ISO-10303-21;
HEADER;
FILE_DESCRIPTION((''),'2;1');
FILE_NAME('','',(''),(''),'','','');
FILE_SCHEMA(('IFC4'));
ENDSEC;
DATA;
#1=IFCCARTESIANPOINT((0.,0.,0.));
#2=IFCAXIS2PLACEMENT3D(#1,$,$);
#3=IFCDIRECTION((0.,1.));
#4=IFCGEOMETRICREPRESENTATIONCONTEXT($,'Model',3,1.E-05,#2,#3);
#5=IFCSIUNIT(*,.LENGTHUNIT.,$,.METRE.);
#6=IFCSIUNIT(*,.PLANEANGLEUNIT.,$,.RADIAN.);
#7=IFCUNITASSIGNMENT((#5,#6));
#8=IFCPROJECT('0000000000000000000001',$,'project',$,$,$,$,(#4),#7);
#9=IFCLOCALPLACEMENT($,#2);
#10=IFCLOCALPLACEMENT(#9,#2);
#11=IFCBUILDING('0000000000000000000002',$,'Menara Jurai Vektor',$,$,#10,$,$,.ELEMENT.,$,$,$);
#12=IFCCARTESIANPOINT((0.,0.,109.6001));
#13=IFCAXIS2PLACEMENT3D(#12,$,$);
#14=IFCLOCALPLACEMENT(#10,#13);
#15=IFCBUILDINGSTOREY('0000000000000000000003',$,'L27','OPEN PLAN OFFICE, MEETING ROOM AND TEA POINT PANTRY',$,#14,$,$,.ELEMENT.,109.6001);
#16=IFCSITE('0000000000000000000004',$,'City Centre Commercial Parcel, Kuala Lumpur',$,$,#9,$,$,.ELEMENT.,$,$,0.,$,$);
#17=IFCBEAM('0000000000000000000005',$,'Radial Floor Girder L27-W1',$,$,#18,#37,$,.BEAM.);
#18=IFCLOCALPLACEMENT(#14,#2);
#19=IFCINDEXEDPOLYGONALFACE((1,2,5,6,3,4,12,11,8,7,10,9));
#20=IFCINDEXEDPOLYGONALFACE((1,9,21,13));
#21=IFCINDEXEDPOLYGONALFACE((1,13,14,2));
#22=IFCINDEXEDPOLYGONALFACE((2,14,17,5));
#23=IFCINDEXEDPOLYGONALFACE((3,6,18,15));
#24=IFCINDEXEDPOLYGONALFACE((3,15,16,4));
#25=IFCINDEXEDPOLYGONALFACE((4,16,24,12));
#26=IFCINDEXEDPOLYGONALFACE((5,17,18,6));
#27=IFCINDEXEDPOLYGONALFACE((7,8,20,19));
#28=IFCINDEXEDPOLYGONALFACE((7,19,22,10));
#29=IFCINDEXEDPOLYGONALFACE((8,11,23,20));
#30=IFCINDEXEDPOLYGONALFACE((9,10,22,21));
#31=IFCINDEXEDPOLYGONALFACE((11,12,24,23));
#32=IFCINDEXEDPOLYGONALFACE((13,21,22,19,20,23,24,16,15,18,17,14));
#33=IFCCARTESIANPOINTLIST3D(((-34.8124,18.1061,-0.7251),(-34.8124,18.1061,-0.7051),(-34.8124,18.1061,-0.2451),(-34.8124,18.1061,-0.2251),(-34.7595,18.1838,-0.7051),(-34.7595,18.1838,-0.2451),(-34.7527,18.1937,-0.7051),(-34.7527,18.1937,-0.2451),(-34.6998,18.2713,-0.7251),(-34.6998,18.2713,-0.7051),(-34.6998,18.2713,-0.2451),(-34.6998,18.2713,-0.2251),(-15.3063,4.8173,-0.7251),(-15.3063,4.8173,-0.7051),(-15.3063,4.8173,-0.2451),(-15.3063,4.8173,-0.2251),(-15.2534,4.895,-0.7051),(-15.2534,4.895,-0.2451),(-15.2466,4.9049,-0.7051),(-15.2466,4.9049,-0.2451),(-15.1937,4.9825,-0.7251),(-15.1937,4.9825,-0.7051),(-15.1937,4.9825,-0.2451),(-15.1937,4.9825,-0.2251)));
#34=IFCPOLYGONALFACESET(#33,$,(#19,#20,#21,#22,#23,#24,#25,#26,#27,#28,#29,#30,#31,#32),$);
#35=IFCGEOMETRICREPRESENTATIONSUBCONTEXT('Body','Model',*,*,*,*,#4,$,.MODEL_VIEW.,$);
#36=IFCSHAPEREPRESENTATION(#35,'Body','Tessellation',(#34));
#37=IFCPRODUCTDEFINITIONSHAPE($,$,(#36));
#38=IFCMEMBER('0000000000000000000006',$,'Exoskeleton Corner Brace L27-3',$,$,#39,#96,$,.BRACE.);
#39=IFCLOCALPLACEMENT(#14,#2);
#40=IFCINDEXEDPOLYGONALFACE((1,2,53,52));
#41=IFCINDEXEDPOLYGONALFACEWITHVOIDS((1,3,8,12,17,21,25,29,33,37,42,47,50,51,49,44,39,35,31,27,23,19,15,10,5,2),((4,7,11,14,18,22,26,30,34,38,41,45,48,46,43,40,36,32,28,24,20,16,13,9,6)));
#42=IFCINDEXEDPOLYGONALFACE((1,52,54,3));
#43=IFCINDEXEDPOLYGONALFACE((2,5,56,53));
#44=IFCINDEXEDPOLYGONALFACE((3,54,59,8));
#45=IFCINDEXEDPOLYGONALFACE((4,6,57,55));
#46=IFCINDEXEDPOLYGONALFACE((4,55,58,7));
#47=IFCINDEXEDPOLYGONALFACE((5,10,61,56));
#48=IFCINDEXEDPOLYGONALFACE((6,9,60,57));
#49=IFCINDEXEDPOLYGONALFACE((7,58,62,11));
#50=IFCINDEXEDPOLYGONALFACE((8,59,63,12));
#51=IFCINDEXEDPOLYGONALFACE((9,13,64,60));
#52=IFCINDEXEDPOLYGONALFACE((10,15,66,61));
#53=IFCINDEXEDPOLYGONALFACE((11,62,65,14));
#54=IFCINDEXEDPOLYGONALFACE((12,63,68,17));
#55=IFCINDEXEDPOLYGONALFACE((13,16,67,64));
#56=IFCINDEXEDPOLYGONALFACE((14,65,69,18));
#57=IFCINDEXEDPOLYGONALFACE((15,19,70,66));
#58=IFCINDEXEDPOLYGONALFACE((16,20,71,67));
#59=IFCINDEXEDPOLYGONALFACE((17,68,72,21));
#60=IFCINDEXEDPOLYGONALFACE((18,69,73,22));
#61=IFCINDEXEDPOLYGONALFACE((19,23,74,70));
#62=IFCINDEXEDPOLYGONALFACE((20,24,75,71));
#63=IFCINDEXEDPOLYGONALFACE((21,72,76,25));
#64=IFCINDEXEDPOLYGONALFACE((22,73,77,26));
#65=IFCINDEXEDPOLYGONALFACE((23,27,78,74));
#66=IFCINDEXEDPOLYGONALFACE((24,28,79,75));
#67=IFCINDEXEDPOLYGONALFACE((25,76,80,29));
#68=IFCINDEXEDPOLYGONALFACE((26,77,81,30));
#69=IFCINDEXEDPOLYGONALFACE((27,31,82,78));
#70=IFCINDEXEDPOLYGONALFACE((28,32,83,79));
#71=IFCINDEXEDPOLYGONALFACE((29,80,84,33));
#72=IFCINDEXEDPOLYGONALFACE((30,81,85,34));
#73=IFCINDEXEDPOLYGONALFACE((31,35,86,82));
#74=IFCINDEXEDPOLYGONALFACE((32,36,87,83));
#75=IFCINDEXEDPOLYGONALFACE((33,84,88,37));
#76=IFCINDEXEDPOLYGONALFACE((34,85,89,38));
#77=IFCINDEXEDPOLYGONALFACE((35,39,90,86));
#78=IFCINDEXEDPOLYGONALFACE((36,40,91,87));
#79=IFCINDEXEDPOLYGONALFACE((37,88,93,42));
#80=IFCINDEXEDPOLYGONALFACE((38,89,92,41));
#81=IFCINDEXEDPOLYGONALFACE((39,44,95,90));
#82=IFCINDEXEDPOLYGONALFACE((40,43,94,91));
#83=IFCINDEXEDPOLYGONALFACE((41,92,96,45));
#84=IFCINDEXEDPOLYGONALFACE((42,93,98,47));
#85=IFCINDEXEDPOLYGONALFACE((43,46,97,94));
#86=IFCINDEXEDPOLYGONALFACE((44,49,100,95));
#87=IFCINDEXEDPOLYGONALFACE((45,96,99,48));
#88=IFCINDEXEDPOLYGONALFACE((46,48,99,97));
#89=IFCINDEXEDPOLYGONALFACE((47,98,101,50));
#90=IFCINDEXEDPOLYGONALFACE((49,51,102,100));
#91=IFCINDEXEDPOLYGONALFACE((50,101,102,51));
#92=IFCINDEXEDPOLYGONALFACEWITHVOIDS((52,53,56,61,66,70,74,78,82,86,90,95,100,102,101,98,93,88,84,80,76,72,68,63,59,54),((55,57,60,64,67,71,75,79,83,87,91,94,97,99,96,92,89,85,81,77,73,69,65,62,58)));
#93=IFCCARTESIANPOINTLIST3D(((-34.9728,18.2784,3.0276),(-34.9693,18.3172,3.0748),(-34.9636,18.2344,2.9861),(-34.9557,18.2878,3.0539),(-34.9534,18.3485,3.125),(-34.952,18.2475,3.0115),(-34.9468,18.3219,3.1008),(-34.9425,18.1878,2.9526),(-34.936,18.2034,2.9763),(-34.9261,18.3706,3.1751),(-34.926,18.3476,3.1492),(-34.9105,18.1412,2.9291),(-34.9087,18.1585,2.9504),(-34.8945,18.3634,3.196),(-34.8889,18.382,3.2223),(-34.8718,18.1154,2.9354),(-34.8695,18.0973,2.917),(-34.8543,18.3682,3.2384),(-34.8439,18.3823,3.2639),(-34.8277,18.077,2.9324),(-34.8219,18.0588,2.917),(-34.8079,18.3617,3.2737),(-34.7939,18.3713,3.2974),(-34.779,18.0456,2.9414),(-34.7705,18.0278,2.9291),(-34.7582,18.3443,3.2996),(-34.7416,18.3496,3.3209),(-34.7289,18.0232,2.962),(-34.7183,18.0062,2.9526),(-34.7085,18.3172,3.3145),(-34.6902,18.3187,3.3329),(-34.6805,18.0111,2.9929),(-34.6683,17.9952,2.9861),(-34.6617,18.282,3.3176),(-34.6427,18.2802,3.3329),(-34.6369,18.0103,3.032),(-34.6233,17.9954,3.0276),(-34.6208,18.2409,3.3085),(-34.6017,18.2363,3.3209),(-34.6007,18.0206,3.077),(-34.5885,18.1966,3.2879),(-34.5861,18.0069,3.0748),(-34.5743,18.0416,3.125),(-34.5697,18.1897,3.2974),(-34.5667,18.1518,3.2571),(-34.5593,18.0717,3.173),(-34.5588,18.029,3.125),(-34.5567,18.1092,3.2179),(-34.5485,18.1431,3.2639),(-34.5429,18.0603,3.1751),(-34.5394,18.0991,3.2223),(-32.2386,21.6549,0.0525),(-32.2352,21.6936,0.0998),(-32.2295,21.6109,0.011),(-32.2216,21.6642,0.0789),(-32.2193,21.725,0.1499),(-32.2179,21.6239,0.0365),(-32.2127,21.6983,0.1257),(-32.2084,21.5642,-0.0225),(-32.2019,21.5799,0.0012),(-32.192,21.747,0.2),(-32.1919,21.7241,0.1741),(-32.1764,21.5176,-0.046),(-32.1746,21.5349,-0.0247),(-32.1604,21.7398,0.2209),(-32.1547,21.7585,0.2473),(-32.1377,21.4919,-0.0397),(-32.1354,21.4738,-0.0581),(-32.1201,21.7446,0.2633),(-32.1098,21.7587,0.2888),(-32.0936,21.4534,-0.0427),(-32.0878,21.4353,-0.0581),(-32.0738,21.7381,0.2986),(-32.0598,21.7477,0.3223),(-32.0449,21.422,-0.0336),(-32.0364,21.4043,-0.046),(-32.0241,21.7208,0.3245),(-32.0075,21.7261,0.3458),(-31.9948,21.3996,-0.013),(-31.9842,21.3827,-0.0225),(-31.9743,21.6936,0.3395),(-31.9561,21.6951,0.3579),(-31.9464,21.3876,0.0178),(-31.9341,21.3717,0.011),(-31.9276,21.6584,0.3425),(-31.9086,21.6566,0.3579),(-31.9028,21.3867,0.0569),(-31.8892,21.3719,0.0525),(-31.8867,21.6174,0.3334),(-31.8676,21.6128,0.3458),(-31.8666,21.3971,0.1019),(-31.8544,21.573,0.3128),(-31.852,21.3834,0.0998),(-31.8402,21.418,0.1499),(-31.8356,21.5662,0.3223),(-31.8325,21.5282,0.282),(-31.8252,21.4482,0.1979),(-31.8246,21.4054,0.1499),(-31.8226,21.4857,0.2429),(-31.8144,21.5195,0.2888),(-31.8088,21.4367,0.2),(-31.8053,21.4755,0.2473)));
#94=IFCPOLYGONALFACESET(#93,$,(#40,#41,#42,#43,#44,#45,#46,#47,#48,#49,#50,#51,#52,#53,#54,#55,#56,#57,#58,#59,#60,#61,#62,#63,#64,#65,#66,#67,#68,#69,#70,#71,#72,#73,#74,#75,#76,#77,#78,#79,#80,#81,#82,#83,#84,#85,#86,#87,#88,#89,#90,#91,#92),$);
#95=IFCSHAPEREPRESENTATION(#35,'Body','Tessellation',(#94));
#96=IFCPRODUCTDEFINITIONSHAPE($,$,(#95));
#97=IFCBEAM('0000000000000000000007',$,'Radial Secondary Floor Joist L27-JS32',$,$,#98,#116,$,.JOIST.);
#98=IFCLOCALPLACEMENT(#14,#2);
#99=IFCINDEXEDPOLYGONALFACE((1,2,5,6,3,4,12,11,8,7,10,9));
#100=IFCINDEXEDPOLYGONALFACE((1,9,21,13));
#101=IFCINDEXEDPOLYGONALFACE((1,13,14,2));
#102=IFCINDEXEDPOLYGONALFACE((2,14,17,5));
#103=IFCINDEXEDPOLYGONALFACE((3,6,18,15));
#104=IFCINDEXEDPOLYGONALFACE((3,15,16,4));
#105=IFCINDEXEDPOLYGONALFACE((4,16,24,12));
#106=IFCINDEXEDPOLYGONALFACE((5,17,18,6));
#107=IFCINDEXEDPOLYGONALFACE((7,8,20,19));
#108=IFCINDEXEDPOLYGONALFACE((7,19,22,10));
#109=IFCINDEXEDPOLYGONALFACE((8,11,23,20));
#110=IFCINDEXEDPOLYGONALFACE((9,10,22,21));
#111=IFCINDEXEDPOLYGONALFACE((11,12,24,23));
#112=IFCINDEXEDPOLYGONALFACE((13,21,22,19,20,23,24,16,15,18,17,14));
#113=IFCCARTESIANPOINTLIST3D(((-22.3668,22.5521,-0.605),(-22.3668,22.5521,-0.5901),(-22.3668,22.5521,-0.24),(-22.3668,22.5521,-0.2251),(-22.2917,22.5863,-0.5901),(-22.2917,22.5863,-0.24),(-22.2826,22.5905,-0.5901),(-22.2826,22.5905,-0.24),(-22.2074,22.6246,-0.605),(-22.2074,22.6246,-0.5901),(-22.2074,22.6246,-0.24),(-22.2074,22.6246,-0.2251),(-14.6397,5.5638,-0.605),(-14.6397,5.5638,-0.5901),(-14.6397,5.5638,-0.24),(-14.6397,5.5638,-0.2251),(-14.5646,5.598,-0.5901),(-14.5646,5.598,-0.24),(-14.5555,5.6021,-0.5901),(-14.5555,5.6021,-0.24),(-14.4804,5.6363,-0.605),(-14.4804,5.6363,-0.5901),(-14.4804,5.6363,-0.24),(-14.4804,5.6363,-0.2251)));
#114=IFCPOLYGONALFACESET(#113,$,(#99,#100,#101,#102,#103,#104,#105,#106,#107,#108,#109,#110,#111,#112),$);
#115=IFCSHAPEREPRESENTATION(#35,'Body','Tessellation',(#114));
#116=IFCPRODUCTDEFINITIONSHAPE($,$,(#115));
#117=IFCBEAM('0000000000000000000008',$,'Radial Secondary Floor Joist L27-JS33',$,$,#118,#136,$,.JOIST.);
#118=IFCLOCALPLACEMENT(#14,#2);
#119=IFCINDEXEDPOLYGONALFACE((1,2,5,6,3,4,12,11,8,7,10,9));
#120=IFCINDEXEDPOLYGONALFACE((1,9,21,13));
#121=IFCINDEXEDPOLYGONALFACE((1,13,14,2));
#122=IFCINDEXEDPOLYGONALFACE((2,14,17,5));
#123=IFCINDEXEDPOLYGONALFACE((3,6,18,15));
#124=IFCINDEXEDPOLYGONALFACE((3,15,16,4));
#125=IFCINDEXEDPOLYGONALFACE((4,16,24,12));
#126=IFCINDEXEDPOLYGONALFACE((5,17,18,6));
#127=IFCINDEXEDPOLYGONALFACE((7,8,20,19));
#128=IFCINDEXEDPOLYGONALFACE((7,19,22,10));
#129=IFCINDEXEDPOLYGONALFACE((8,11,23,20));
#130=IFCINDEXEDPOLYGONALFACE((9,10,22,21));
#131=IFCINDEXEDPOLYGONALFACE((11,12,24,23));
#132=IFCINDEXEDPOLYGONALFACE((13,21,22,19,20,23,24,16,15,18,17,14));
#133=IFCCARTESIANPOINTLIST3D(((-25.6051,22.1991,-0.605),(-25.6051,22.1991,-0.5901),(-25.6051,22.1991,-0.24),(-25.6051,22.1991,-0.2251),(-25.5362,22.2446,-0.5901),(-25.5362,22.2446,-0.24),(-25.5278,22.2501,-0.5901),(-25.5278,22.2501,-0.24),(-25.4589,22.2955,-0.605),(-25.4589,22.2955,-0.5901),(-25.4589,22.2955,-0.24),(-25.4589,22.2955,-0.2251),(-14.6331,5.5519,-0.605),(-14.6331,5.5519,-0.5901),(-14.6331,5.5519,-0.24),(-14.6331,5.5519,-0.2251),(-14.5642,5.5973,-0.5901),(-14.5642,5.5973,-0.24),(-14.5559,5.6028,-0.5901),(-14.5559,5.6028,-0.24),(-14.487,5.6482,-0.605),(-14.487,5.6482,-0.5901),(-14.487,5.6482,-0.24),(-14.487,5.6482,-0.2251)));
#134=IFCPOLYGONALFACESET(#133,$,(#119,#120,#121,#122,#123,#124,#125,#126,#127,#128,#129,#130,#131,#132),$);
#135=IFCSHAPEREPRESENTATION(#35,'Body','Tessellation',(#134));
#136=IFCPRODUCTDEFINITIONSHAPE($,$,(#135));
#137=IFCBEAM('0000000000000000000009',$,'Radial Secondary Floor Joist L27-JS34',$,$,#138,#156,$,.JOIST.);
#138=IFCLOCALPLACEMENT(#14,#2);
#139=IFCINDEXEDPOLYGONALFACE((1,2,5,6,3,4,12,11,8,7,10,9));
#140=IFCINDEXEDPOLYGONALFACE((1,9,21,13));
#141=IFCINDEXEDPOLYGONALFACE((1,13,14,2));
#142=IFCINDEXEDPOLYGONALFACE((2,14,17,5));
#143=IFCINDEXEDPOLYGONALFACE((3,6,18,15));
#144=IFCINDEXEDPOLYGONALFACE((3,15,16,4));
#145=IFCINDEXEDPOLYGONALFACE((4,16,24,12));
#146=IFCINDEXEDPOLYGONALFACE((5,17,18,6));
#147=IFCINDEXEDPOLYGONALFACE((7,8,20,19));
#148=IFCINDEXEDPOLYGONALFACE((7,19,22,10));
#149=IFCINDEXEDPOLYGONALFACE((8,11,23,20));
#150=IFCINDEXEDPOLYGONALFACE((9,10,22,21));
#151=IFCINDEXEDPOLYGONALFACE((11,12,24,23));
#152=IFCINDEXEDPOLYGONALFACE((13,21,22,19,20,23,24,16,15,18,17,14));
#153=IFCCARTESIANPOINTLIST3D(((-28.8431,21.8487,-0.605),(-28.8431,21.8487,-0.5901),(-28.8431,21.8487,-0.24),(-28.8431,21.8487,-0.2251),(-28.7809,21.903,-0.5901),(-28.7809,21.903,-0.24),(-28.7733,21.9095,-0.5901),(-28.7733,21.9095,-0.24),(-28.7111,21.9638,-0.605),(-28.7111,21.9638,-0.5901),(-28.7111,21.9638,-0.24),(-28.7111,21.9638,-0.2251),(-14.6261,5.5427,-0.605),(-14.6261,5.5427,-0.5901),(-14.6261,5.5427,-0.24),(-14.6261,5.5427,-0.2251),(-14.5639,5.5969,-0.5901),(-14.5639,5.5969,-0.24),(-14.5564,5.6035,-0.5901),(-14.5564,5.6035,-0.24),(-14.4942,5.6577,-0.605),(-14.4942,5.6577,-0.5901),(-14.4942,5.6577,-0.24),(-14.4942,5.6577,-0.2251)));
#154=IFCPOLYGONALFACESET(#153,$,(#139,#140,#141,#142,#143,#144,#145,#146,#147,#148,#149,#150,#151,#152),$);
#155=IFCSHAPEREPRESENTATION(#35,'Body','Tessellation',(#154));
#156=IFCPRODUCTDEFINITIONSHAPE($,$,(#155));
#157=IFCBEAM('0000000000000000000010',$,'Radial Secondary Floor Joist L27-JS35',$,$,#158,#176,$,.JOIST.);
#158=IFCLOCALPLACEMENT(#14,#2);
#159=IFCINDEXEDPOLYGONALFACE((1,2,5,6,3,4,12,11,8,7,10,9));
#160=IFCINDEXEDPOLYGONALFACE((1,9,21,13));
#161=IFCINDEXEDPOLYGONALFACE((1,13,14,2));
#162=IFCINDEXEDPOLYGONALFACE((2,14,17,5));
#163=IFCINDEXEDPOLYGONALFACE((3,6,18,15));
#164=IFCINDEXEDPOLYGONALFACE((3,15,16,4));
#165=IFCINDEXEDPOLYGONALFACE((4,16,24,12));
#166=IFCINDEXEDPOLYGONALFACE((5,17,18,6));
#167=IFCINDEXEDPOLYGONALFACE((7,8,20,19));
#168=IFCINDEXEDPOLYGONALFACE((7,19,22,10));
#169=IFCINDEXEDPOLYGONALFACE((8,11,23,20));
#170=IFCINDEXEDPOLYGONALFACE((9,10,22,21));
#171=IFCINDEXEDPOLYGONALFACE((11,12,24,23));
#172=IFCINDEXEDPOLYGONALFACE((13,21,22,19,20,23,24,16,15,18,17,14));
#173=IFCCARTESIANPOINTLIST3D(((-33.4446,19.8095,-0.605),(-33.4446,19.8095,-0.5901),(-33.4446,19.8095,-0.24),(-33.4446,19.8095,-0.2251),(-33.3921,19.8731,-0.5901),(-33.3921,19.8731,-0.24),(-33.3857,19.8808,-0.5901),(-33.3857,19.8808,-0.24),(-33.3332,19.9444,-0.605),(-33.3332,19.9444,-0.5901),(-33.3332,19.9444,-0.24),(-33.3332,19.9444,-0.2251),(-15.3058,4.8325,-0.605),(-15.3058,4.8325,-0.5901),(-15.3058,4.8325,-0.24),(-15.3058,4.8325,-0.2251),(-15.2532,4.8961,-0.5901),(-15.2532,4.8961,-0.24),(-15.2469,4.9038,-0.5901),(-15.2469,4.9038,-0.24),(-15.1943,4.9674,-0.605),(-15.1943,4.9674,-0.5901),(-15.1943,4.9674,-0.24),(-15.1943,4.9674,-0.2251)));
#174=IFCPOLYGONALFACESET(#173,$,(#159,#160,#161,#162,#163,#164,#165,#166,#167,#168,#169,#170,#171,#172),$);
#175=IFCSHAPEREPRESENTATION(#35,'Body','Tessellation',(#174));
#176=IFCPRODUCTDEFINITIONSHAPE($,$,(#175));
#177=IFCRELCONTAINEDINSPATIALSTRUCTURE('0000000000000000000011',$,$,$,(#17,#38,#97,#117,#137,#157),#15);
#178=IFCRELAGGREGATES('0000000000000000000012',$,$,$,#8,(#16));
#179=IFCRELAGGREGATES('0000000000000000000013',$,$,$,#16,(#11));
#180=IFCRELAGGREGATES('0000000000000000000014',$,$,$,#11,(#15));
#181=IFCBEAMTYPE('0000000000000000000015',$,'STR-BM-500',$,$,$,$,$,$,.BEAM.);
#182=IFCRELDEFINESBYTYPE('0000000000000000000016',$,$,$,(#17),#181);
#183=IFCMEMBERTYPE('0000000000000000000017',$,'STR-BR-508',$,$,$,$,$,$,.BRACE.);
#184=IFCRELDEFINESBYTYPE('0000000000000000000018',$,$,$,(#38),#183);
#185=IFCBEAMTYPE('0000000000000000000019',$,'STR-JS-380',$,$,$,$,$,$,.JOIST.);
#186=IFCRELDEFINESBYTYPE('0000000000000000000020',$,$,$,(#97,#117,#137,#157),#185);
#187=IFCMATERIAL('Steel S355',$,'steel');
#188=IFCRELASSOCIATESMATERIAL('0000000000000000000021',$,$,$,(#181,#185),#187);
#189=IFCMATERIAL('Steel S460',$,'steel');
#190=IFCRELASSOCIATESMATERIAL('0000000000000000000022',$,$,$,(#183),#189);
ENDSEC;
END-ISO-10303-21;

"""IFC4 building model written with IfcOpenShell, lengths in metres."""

from ifc_helpers import new_model, si_unit, direction, frame, origin, origin_2d, place, context, subcontext, project, spatial, hollow_circle, i_section, extrude, material, material_profile, profile_set, type_object, element, save


model = new_model("IFC4")

# Units and contexts
model_context = context("Model", 3, precision=1e-05, world=origin(), true_north=direction((0.0, 1.0)))
body_context = subcontext(model_context, "Body", "Model", "MODEL_VIEW")
ifc_project = project(units=[si_unit("LENGTHUNIT", "METRE"), si_unit("PLANEANGLEUNIT", "RADIAN")], contexts=[model_context])

# Site, building, storey
site_placement = place(None, origin())
site = spatial("IfcSite", under=ifc_project, at=site_placement, Name="City Centre Commercial Parcel, Kuala Lumpur", CompositionType="ELEMENT", RefElevation=0.0)
building_placement = place(site_placement, origin())
building = spatial("IfcBuilding", under=site, at=building_placement, Name="Menara Jurai Vektor", CompositionType="ELEMENT")
storey_placement = place(building_placement, frame((0.0, 0.0, 109.6001)))
storey = spatial("IfcBuildingStorey", under=building, at=storey_placement, Name="L27", Description="OPEN PLAN OFFICE, MEETING ROOM AND TEA POINT PANTRY", CompositionType="ELEMENT", Elevation=109.6001)

# Shared definitions
ifc_material_1 = material(Name="Steel S460", Category="steel")

# Beam
ifc_material_2 = material(Name="Steel S355", Category="steel")
ifc_material_profile_1 = material_profile(ifc_material_2, i_section(OverallWidth=0.2, OverallDepth=0.5, WebThickness=0.012, FlangeThickness=0.02, at=origin_2d()), Name="PG 500x200x96")
ifc_profile_set_1 = profile_set([ifc_material_profile_1], Name="Steel S355")
beam_type_1 = type_object("IfcBeamType", Name="STR-BM-500", PredefinedType="BEAM", material=ifc_profile_set_1)
beam_1_placement = place(storey_placement, frame((-34.7561, 18.1887, -0.4751), z_axis=(0.82644, -0.563024, 0.0), x_axis=(0.563024, 0.82644, 0.0)))
element("IfcBeam", 1, at=beam_1_placement, inside=storey, type_object=beam_type_1, Name="Radial Floor Girder L27-W1", PredefinedType="BEAM", context=body_context, shape_type="SweptSolid", body=[
    extrude(i_section(OverallWidth=0.2, OverallDepth=0.5, WebThickness=0.012, FlangeThickness=0.02, at=origin_2d()), origin(), (0.0, 0.0, 1.0), 23.6025),
])

# Member
ifc_material_profile_2 = material_profile(ifc_material_1, hollow_circle(Radius=0.2539, WallThickness=0.02, at=origin_2d()), Name="CHS 508x20")
ifc_profile_set_2 = profile_set([ifc_material_profile_2], Name="Steel S460")
member_type_1 = type_object("IfcMemberType", Name="STR-BR-508", PredefinedType="BRACE", material=ifc_profile_set_2)
member_1_placement = place(storey_placement, frame((-32.022, 21.5652, 0.1499), z_axis=(-0.519238, -0.641223, 0.565), x_axis=(0.777155, -0.62931, 0.0)))
element("IfcMember", 2, at=member_1_placement, inside=storey, type_object=member_type_1, Name="Exoskeleton Corner Brace L27-3", PredefinedType="BRACE", context=body_context, shape_type="SweptSolid", body=[
    extrude(hollow_circle(Radius=0.2539, WallThickness=0.02, at=origin_2d()), origin(), (0.0, 0.0, 1.0), 5.2656),
])

# Beams
ifc_material_profile_3 = material_profile(ifc_material_2, i_section(OverallWidth=0.175, OverallDepth=0.3799, WebThickness=0.01, FlangeThickness=0.0149, at=origin_2d()), Name="PG 380x175x58")
ifc_profile_set_3 = profile_set([ifc_material_profile_3], Name="Steel S355")
beam_type_2 = type_object("IfcBeamType", Name="STR-JS-380", PredefinedType="JOIST", material=ifc_profile_set_3)
beam_2_placement = place(storey_placement, frame((-22.2871, 22.5884, -0.415), z_axis=(0.41403, -0.910263, 0.0), x_axis=(0.910263, 0.41403, 0.0)))
element("IfcBeam", 3, at=beam_2_placement, inside=storey, type_object=beam_type_2, Name="Radial Secondary Floor Joist L27-JS32", PredefinedType="JOIST", context=body_context, shape_type="SweptSolid", body=[
    extrude(i_section(OverallWidth=0.175, OverallDepth=0.3799, WebThickness=0.01, FlangeThickness=0.0149, at=origin_2d()), origin(), (0.0, 0.0, 1.0), 18.6631),
])
beam_3_placement = place(storey_placement, frame((-25.532, 22.2473, -0.415), z_axis=(0.55031, -0.834961, 0.0), x_axis=(0.834961, 0.55031, 0.0)))
element("IfcBeam", 4, at=beam_3_placement, inside=storey, type_object=beam_type_2, Name="Radial Secondary Floor Joist L27-JS33", PredefinedType="JOIST", context=body_context, shape_type="SweptSolid", body=[
    extrude(i_section(OverallWidth=0.175, OverallDepth=0.3799, WebThickness=0.01, FlangeThickness=0.0149, at=origin_2d()), origin(), (0.0, 0.0, 1.0), 19.9377),
])
beam_4_placement = place(storey_placement, frame((-28.7771, 21.9062, -0.415), z_axis=(0.657173, -0.75374, 0.0), x_axis=(0.75374, 0.657173, 0.0)))
element("IfcBeam", 5, at=beam_4_placement, inside=storey, type_object=beam_type_2, Name="Radial Secondary Floor Joist L27-JS34", PredefinedType="JOIST", context=body_context, shape_type="SweptSolid", body=[
    extrude(i_section(OverallWidth=0.175, OverallDepth=0.3799, WebThickness=0.01, FlangeThickness=0.0149, at=origin_2d()), origin(), (0.0, 0.0, 1.0), 21.6335),
])
beam_5_placement = place(storey_placement, frame((-33.3889, 19.877, -0.415), z_axis=(0.771114, -0.636698, 0.0), x_axis=(0.636698, 0.771114, 0.0)))
element("IfcBeam", 6, at=beam_5_placement, inside=storey, type_object=beam_type_2, Name="Radial Secondary Floor Joist L27-JS35", PredefinedType="JOIST", context=body_context, shape_type="SweptSolid", body=[
    extrude(i_section(OverallWidth=0.175, OverallDepth=0.3799, WebThickness=0.01, FlangeThickness=0.0149, at=origin_2d()), origin(), (0.0, 0.0, 1.0), 23.5229),
])

save(model, "model.ifc")
